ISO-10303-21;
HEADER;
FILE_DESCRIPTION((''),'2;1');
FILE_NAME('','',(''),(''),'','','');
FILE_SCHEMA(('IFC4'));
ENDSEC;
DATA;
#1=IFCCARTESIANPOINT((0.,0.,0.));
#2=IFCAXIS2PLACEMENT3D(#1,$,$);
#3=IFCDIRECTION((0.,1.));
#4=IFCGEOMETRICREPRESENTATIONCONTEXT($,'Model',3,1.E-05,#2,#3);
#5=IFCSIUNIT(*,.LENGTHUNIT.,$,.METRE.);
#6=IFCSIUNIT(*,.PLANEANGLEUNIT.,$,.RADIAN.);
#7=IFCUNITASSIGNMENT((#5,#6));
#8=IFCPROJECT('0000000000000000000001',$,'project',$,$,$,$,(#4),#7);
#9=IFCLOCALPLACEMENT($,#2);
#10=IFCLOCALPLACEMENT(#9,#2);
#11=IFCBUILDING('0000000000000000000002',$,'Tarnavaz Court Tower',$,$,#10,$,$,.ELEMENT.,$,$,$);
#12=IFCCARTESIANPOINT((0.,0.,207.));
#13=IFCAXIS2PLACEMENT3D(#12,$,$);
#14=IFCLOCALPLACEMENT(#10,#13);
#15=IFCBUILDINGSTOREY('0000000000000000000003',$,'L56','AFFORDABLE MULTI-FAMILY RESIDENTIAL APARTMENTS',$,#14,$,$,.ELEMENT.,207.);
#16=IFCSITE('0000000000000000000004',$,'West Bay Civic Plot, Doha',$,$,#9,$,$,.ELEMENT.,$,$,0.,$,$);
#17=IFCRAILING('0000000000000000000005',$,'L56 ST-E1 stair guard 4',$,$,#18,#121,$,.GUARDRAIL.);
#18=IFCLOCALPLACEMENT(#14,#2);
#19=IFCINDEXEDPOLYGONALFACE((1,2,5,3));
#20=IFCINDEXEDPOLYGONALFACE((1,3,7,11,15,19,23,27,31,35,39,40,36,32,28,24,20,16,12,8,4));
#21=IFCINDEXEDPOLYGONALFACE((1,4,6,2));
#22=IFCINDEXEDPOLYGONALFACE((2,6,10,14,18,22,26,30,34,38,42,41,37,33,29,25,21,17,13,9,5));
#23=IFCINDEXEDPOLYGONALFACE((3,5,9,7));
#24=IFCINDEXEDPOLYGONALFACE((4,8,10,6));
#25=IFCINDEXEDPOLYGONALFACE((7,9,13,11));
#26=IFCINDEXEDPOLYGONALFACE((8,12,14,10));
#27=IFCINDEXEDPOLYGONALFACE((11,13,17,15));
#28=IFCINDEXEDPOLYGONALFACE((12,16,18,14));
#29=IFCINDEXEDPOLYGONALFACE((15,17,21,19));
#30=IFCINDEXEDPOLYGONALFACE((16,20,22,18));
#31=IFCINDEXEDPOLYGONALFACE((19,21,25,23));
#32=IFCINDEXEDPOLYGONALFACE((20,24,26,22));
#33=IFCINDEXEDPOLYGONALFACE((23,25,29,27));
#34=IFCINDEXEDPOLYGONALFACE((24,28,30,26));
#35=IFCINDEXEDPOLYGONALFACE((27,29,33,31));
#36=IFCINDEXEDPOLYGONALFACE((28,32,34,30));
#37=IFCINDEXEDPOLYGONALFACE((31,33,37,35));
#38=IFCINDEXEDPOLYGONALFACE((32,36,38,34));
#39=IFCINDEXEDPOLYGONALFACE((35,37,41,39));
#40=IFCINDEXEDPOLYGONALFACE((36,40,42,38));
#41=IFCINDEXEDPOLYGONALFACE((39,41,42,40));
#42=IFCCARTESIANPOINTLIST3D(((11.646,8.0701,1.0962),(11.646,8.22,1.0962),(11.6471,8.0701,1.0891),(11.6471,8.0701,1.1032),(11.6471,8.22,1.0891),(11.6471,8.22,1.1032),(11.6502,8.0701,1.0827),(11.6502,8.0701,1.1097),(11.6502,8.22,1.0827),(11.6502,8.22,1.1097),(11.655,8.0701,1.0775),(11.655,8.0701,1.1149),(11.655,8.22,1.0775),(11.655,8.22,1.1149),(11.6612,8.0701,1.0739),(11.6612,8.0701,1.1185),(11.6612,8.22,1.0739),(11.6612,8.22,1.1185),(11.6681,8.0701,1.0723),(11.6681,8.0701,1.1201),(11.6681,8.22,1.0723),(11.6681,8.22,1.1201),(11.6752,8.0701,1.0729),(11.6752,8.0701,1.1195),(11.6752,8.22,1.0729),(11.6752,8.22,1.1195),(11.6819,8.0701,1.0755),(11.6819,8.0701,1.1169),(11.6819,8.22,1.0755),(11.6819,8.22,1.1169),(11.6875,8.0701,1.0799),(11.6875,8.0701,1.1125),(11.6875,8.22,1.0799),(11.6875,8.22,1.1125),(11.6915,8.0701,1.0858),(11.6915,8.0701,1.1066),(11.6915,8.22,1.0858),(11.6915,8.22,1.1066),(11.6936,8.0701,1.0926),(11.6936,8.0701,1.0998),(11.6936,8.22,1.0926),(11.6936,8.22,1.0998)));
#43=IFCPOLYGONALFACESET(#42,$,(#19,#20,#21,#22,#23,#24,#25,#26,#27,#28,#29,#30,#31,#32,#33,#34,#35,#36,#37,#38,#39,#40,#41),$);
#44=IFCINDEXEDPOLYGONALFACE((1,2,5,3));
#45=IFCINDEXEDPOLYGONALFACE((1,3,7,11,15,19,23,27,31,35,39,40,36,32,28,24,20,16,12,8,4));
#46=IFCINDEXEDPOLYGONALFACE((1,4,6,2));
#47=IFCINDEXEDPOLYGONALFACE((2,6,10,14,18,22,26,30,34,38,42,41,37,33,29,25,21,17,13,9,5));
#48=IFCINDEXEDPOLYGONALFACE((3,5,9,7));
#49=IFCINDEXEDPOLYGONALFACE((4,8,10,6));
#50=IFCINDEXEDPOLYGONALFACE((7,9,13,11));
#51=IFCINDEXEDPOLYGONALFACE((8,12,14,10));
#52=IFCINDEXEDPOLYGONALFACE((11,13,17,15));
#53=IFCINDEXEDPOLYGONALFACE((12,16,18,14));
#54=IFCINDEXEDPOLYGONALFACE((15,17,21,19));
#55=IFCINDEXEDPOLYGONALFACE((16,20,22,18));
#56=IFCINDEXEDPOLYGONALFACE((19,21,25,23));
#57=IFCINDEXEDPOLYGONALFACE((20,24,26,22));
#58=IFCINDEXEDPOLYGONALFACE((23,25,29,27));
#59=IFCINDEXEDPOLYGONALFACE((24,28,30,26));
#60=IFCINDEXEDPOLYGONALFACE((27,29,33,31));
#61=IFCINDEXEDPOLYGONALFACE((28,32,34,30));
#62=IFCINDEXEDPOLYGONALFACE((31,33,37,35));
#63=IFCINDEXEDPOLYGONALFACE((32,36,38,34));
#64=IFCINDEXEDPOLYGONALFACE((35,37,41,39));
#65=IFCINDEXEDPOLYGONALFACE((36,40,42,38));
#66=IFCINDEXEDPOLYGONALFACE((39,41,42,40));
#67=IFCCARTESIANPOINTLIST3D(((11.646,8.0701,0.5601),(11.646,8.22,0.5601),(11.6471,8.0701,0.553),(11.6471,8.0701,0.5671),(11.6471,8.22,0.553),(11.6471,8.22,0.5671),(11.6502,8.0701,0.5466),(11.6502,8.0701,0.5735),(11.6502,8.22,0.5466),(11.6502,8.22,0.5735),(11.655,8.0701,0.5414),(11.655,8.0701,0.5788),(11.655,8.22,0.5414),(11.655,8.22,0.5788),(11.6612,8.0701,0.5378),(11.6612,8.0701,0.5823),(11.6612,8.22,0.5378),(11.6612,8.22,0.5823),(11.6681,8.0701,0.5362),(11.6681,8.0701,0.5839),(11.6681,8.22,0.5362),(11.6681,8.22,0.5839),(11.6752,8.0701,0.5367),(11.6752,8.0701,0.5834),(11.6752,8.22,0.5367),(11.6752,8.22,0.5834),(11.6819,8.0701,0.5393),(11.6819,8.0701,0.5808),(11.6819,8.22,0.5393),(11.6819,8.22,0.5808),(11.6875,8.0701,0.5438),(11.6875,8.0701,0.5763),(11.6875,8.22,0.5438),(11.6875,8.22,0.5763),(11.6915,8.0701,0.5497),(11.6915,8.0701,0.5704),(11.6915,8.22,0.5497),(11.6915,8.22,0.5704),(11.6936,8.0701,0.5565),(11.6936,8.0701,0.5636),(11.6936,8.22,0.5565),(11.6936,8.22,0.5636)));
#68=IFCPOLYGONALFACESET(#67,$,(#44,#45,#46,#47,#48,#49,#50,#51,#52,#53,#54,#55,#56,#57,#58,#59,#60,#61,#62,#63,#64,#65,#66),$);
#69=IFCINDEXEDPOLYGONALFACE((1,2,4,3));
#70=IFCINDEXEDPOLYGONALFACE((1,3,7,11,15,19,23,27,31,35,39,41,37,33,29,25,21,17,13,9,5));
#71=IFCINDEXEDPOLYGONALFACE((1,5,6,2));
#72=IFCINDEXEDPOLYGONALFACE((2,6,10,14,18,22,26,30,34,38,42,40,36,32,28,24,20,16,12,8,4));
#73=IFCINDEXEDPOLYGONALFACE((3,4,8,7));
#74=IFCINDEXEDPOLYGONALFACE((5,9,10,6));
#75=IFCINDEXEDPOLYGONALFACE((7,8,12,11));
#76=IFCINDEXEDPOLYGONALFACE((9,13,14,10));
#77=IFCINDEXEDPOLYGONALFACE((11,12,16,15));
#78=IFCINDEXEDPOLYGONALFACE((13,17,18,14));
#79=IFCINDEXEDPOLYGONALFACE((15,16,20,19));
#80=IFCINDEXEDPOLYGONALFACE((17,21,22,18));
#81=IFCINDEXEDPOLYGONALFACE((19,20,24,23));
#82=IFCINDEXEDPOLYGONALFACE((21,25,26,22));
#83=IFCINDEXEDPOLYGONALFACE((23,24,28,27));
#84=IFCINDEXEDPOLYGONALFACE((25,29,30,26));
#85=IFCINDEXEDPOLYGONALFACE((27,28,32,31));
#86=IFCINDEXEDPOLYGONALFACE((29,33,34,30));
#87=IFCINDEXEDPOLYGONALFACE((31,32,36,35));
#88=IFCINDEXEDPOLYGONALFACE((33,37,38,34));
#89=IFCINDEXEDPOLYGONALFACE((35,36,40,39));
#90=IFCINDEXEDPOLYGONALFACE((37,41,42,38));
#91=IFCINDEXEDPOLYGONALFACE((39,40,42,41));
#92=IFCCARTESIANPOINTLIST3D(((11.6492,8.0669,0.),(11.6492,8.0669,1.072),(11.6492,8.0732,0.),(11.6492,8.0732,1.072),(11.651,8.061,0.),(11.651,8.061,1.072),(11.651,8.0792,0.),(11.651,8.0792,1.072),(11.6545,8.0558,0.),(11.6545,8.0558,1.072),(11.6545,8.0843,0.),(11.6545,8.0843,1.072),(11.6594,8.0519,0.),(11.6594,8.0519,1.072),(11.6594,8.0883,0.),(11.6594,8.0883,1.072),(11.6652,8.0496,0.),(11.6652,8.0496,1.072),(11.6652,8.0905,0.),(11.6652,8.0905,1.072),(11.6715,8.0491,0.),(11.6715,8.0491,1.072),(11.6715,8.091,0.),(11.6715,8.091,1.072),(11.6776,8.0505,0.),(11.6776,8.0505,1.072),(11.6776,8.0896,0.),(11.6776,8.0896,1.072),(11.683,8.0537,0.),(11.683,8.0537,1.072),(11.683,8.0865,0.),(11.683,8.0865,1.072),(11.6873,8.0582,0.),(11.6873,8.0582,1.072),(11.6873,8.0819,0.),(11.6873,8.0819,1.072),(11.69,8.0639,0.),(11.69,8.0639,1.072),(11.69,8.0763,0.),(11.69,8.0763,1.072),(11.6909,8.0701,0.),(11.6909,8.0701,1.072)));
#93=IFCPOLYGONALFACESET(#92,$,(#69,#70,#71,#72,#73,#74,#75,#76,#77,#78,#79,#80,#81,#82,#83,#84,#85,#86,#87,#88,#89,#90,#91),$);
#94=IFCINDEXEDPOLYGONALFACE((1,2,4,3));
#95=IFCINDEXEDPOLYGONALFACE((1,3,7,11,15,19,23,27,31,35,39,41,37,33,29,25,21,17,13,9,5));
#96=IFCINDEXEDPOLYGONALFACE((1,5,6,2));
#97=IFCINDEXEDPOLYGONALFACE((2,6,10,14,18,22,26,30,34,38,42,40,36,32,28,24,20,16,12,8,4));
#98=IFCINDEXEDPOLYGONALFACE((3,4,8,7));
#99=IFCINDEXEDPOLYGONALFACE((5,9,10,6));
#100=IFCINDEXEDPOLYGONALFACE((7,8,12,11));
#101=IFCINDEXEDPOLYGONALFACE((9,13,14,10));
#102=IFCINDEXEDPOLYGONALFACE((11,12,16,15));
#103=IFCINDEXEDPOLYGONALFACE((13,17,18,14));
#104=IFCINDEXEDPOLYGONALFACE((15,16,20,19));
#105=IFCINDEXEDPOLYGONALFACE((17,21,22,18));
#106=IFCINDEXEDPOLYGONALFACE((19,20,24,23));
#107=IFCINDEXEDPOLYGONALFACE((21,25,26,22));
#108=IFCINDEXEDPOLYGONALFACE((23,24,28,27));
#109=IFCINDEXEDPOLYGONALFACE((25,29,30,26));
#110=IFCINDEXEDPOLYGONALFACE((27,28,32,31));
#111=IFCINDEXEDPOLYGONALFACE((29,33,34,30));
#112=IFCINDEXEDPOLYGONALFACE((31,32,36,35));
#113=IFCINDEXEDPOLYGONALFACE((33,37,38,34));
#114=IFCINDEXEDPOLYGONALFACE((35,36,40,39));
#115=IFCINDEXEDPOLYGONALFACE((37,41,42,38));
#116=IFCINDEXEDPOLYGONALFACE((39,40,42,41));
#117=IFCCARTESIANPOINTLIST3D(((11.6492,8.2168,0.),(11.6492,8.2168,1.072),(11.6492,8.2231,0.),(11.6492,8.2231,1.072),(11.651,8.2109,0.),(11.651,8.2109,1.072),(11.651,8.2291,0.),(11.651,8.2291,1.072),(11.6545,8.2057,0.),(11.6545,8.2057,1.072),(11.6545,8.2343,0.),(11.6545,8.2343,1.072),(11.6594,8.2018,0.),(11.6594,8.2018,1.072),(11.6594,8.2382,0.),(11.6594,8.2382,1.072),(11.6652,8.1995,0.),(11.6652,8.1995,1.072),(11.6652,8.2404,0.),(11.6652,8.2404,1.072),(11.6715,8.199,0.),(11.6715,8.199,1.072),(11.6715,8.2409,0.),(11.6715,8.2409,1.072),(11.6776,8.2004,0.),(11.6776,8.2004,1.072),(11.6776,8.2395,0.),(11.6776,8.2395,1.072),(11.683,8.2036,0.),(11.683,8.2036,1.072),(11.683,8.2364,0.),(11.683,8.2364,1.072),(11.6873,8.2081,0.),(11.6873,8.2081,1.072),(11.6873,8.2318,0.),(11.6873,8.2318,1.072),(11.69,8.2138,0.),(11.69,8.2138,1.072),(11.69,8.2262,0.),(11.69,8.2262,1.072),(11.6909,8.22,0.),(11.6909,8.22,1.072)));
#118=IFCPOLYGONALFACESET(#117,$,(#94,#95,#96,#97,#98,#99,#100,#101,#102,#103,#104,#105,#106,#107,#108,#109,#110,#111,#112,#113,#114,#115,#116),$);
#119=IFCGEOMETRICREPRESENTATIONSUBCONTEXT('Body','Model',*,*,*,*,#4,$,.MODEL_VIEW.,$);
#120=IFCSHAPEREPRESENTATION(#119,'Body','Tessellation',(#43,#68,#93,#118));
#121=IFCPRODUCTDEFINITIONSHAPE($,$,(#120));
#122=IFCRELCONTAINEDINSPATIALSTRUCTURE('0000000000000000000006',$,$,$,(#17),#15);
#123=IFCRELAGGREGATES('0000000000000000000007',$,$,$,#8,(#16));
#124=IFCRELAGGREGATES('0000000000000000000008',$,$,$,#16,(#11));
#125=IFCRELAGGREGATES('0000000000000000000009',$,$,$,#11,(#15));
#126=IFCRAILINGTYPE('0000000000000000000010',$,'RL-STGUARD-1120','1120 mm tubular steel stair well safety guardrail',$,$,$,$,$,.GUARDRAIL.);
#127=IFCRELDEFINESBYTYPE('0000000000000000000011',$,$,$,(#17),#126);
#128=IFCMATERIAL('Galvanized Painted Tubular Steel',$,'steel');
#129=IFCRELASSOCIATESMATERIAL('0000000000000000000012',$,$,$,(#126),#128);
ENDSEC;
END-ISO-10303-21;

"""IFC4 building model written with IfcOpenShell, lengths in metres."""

from ifc_helpers import new_model, si_unit, direction, frame, origin, origin_2d, place, context, subcontext, project, spatial, circle, extrude, material, type_object, element, save


model = new_model("IFC4")

# Units and contexts
model_context = context("Model", 3, precision=1e-05, world=origin(), true_north=direction((0.0, 1.0)))
body_context = subcontext(model_context, "Body", "Model", "MODEL_VIEW")
ifc_project = project(units=[si_unit("LENGTHUNIT", "METRE"), si_unit("PLANEANGLEUNIT", "RADIAN")], contexts=[model_context])

# Site, building, storey
site_placement = place(None, origin())
site = spatial("IfcSite", under=ifc_project, at=site_placement, Name="West Bay Civic Plot, Doha", CompositionType="ELEMENT", RefElevation=0.0)
building_placement = place(site_placement, origin())
building = spatial("IfcBuilding", under=site, at=building_placement, Name="Tarnavaz Court Tower", CompositionType="ELEMENT")
storey_placement = place(building_placement, frame((0.0, 0.0, 207.0)))
storey = spatial("IfcBuildingStorey", under=building, at=storey_placement, Name="L56", Description="AFFORDABLE MULTI-FAMILY RESIDENTIAL APARTMENTS", CompositionType="ELEMENT", Elevation=207.0)

# Railing
ifc_material_1 = material(Name="Galvanized Painted Tubular Steel", Category="steel")
railing_type_1 = type_object("IfcRailingType", Name="RL-STGUARD-1120", Description="1120 mm tubular steel stair well safety guardrail", PredefinedType="GUARDRAIL", material=ifc_material_1)
railing_1_placement = place(storey_placement, frame((11.6699, 8.0701, 0.0)))
element("IfcRailing", 1, at=railing_1_placement, inside=storey, type_object=railing_type_1, Name="L56 ST-E1 stair guard 4", PredefinedType="GUARDRAIL", context=body_context, shape_type="SweptSolid", body=[
    extrude(circle(Radius=0.0239, at=origin_2d()), frame((0.0, 0.0, 1.0962), z_axis=(0.0, 1.0, 0.0), x_axis=(-1.0, 0.0, 0.0)), (0.0, 0.0, 1.0), 0.1499),
    extrude(circle(Radius=0.0239, at=origin_2d()), frame((0.0, 0.0, 0.5601), z_axis=(0.0, 1.0, 0.0), x_axis=(-1.0, 0.0, 0.0)), (0.0, 0.0, 1.0), 0.1499),
    extrude(circle(Radius=0.021, at=origin_2d()), origin(), (0.0, 0.0, 1.0), 1.072),
    extrude(circle(Radius=0.021, at=origin_2d()), frame((0.0, 0.1499, 0.0)), (0.0, 0.0, 1.0), 1.072),
])

save(model, "model.ifc")
